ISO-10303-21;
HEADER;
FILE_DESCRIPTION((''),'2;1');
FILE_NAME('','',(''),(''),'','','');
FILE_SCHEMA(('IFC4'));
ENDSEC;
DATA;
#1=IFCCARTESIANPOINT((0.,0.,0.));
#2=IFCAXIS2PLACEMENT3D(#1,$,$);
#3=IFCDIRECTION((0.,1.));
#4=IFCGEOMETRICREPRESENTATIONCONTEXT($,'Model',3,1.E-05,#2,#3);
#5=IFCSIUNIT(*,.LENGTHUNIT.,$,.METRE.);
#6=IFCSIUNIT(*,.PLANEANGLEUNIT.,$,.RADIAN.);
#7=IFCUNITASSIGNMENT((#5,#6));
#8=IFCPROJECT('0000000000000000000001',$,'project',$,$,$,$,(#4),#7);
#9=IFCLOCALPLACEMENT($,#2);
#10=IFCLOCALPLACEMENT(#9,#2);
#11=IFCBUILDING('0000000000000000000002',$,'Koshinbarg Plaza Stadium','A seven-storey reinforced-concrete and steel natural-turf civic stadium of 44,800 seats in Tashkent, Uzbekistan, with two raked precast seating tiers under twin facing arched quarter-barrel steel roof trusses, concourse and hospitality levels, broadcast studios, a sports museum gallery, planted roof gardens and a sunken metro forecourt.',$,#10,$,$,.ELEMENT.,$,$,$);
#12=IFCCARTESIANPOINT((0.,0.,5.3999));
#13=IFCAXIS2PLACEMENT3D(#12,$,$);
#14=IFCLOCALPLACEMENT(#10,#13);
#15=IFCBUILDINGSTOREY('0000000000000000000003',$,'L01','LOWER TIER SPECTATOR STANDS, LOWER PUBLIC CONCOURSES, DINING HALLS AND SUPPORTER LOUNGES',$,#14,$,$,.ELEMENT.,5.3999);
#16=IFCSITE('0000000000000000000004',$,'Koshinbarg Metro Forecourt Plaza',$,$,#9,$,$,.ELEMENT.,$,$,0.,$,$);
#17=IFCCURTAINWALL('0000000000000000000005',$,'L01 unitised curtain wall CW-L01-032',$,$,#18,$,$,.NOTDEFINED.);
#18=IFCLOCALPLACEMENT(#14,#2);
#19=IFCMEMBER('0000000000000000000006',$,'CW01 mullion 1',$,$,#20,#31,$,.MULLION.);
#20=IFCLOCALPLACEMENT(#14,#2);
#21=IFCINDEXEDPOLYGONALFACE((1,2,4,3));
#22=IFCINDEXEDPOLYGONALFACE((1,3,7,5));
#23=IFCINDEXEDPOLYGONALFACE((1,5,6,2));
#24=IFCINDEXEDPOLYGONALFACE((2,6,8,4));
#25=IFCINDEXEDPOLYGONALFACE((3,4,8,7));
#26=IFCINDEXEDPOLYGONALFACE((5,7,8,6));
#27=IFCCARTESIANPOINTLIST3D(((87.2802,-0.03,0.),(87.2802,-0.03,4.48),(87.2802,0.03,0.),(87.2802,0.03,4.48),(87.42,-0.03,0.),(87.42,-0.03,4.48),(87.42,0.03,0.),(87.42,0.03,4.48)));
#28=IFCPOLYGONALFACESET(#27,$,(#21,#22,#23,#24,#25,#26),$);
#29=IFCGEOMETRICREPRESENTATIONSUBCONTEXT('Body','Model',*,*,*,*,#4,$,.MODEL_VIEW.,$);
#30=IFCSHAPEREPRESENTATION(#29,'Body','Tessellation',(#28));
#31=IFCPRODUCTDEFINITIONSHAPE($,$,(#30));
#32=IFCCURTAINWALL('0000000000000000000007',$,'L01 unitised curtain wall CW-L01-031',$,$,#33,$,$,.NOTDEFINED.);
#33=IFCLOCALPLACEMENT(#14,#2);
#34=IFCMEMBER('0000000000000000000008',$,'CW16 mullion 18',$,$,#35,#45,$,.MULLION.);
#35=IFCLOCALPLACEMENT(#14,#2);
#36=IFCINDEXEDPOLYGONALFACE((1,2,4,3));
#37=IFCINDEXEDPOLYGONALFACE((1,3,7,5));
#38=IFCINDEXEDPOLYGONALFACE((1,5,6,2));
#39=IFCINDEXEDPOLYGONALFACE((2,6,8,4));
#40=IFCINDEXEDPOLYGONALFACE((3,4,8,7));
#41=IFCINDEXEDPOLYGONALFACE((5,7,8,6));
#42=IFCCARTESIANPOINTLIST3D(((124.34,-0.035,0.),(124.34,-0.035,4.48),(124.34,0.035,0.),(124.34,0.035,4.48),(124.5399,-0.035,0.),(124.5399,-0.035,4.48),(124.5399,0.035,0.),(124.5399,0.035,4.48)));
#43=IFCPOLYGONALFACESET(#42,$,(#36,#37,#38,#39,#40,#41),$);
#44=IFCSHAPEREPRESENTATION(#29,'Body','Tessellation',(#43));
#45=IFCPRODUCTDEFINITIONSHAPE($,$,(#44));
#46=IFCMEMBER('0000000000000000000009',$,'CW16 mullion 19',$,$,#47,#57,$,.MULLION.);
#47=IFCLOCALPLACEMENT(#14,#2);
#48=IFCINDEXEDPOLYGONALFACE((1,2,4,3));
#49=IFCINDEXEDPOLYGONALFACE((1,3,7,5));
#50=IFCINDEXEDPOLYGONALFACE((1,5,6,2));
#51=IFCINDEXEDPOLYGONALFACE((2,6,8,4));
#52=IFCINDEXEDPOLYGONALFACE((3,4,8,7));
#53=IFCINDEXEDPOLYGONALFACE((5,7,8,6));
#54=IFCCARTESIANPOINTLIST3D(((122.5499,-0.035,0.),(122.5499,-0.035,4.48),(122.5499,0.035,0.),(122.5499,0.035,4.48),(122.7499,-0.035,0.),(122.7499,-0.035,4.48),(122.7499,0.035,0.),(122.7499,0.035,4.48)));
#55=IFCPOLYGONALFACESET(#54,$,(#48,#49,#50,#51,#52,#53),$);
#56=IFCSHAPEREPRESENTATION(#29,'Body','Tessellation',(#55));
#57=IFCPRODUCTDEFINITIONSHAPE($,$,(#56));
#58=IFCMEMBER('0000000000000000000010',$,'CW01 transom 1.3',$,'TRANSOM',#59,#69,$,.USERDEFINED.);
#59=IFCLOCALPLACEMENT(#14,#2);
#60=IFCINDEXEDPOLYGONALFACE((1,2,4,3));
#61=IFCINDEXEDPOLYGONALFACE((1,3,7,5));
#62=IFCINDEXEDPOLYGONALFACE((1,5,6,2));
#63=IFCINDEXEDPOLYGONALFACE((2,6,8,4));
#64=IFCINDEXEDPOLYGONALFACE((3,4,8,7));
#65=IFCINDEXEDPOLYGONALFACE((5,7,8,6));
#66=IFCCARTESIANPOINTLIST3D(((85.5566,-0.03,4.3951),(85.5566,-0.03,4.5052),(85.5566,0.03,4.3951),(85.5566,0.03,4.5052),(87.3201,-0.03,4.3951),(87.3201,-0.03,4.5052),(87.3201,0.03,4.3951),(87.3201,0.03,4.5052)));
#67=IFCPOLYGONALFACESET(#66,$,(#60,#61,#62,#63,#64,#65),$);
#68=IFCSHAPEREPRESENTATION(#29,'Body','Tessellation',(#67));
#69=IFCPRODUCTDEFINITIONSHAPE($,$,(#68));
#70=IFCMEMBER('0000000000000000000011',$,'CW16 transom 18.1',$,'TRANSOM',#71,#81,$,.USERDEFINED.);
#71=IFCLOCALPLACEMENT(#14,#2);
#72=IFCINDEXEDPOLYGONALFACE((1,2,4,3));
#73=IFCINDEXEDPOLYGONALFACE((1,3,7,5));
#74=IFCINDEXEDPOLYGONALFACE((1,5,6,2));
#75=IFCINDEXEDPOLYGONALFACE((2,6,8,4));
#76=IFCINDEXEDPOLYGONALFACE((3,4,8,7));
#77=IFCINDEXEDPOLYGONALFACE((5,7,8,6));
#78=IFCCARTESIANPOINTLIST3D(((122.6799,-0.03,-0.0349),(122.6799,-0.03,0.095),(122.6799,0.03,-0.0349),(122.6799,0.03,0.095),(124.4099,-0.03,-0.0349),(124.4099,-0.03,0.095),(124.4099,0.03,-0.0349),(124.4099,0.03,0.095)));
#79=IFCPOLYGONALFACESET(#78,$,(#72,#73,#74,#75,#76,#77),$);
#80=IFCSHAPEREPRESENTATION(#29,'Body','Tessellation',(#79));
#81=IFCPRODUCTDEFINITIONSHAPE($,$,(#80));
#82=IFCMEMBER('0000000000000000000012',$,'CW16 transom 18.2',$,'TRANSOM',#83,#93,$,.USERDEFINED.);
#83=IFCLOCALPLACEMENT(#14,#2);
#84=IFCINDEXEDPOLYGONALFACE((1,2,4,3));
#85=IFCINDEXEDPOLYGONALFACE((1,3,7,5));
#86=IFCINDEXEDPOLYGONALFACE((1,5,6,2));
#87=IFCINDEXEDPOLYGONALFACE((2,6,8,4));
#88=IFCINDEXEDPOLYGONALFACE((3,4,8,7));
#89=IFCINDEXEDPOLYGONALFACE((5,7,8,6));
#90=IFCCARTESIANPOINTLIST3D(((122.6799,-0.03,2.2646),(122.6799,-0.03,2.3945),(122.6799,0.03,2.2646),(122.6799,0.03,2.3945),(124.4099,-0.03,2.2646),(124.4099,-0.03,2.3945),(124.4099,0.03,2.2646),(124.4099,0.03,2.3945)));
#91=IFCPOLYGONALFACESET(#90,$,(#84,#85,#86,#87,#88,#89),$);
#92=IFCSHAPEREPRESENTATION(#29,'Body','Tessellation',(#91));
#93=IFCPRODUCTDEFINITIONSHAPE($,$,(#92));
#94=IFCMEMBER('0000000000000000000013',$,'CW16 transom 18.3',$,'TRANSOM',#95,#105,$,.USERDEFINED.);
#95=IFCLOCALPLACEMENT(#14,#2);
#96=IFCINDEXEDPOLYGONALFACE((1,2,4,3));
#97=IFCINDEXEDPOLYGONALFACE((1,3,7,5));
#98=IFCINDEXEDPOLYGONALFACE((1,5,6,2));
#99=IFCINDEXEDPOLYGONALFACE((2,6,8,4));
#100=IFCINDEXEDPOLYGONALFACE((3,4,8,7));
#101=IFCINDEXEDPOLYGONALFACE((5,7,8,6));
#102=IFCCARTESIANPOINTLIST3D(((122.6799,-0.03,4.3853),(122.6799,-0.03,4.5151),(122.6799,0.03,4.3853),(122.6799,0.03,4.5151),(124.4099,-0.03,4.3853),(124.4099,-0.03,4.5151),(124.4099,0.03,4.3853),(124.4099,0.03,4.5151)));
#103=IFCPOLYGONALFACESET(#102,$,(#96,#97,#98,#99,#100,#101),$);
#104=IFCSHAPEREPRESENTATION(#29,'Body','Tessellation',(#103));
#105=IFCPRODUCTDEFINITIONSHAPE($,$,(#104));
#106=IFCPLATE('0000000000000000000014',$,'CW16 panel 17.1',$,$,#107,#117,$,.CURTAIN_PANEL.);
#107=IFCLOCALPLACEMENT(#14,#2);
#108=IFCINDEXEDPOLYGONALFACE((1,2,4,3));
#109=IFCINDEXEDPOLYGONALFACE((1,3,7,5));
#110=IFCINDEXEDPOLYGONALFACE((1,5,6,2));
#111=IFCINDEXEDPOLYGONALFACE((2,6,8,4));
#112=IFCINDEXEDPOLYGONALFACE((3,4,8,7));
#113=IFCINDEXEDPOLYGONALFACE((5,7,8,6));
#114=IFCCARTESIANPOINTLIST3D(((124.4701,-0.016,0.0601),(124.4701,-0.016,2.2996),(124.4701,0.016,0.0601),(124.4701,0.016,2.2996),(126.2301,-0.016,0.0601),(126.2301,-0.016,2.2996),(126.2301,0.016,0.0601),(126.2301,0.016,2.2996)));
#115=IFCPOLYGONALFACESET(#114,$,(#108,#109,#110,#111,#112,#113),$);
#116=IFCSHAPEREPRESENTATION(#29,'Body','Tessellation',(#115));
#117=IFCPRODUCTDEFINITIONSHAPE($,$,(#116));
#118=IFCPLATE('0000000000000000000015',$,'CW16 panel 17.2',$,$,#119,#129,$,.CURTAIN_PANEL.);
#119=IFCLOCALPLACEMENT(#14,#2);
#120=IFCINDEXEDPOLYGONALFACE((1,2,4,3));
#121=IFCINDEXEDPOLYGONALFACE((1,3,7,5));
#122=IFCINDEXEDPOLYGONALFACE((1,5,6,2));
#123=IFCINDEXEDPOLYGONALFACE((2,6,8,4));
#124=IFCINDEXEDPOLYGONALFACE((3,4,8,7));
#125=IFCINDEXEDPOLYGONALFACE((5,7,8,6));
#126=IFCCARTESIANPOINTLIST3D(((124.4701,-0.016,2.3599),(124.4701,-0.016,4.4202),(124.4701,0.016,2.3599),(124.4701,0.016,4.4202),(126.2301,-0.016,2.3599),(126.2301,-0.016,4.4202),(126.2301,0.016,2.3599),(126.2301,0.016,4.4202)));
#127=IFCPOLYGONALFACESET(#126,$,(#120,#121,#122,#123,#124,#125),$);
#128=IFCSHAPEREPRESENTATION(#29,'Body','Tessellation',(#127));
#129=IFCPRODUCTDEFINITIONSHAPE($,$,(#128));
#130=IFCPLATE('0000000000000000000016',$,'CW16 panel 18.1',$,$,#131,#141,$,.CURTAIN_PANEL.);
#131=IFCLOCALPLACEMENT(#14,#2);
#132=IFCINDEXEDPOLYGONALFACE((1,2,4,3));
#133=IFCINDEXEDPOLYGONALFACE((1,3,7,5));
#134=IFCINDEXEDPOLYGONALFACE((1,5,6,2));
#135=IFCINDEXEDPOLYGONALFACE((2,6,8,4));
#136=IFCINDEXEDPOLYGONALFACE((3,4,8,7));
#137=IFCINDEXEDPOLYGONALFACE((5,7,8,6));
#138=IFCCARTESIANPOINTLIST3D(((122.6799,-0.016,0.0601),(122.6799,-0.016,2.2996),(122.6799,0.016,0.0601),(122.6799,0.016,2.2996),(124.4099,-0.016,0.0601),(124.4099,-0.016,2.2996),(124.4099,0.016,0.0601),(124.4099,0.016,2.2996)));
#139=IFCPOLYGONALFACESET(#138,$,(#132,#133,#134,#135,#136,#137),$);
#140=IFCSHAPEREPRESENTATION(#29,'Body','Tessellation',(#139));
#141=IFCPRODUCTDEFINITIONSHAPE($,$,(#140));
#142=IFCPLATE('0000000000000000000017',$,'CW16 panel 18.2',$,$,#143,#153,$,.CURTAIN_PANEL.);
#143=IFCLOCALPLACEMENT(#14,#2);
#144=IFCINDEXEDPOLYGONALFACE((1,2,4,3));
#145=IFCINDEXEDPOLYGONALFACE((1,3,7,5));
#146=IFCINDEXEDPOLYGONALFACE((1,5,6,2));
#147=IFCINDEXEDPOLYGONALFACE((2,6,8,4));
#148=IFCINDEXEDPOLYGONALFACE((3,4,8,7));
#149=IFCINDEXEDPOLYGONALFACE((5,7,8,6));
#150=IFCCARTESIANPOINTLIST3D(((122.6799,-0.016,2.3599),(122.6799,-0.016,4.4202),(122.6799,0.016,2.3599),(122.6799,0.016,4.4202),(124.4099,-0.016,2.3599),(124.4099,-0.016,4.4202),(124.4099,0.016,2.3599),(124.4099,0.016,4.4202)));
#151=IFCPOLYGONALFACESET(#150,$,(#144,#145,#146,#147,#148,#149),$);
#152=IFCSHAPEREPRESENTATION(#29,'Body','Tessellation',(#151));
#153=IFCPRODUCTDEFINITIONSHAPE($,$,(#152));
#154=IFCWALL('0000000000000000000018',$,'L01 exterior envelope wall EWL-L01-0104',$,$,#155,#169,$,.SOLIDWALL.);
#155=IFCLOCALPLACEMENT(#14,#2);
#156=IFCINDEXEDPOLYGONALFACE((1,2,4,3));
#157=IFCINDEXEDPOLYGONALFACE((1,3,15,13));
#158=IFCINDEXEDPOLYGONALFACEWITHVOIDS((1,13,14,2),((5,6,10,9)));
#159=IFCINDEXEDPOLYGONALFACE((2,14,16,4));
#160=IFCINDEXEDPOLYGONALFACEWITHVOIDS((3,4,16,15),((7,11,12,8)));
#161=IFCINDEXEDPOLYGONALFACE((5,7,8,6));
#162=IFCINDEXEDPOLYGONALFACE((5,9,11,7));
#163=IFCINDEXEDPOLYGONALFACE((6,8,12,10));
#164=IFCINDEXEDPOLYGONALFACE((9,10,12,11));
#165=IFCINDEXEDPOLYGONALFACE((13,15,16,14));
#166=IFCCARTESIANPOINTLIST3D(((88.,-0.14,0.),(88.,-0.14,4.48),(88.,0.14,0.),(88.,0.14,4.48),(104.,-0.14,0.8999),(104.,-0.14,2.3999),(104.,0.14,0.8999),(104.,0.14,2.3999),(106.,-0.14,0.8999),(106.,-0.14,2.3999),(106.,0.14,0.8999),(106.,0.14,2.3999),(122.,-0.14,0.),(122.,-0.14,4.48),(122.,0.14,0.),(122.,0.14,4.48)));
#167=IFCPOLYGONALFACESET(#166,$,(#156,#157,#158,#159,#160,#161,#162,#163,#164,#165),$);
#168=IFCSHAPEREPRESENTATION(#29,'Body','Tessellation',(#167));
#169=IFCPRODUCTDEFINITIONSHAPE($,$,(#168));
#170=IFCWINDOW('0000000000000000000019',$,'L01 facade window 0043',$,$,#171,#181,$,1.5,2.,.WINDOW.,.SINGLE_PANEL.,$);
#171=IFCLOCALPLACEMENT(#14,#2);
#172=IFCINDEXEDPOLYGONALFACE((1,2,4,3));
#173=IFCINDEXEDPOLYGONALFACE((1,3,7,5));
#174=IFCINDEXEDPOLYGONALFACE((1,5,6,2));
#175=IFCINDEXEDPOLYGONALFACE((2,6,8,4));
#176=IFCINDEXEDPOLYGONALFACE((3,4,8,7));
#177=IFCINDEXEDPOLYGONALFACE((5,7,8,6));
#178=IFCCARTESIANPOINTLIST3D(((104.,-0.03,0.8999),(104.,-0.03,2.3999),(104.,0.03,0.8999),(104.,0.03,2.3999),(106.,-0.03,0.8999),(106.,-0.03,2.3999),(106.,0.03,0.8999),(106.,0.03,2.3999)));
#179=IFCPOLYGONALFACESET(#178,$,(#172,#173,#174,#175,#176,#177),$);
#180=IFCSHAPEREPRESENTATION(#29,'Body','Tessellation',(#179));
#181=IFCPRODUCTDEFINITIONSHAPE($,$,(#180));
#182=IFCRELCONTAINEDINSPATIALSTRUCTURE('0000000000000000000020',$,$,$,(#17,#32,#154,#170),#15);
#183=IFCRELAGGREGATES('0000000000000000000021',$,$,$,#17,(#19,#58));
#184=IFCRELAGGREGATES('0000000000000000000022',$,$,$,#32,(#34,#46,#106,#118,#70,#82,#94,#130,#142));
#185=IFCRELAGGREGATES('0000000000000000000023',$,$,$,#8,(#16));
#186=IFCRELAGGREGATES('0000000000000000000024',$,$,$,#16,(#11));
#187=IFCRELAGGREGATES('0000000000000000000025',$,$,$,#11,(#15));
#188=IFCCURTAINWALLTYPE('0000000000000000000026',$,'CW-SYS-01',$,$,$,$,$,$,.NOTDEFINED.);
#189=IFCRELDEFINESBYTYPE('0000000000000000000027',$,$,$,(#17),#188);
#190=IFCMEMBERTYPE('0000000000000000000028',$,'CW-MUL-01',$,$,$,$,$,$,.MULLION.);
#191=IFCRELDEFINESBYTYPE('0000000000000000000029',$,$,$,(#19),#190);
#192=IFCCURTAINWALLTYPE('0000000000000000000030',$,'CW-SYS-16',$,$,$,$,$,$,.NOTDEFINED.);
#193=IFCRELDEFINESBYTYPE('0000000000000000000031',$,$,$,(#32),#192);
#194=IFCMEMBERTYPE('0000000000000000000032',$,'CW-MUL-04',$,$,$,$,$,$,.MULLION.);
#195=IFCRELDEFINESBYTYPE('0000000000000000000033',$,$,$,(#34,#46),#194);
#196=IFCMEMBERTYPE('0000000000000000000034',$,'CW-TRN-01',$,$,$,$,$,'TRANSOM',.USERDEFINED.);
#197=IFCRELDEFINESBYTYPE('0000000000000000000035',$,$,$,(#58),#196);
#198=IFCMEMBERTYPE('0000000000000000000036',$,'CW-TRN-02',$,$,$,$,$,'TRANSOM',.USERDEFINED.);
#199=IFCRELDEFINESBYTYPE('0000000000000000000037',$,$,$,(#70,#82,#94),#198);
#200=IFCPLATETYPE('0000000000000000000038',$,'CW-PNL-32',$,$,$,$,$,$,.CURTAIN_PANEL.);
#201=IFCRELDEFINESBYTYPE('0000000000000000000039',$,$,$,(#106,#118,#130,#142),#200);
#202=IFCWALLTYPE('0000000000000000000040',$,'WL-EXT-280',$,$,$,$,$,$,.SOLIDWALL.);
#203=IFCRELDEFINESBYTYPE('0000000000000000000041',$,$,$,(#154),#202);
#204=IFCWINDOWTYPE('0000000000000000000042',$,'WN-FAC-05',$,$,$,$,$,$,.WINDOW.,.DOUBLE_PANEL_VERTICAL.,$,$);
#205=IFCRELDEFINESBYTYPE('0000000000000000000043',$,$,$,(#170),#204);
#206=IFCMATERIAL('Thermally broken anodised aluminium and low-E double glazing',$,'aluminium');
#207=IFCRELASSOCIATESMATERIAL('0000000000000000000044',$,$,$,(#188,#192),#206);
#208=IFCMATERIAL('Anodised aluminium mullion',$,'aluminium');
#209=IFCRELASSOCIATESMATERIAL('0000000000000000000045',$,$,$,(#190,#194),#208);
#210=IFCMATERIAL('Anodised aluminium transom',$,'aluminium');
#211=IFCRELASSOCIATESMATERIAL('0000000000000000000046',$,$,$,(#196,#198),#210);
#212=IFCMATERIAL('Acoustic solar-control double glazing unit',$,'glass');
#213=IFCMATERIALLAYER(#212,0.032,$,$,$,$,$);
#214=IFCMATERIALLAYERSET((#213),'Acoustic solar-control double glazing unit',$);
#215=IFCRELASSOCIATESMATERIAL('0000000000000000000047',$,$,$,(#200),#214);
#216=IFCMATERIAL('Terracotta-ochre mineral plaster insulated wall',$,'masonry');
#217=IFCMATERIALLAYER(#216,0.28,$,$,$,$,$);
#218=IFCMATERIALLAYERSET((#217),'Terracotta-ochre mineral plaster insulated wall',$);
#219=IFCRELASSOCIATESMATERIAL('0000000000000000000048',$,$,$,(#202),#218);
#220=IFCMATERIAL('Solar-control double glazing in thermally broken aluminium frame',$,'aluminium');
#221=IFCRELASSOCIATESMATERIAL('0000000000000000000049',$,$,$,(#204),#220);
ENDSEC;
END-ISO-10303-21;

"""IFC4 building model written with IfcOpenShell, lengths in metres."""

from ifc_helpers import new_model, si_unit, direction, frame, frame_2d, origin, origin_2d, place, context, subcontext, project, spatial, rectangle, extrude, material, layer, layer_set, material_profile, profile_set, type_object, element, fill, aggregate, save


model = new_model("IFC4")

# Units and contexts
model_context = context("Model", 3, precision=1e-05, world=origin(), true_north=direction((0.0, 1.0)))
body_context = subcontext(model_context, "Body", "Model", "MODEL_VIEW")
ifc_project = project(units=[si_unit("LENGTHUNIT", "METRE"), si_unit("PLANEANGLEUNIT", "RADIAN")], contexts=[model_context])

# Site, building, storey
site_placement = place(None, origin())
site = spatial("IfcSite", under=ifc_project, at=site_placement, Name="Koshinbarg Metro Forecourt Plaza", CompositionType="ELEMENT", RefElevation=0.0)
building_placement = place(site_placement, origin())
building = spatial("IfcBuilding", under=site, at=building_placement, Name="Koshinbarg Plaza Stadium", Description="A seven-storey reinforced-concrete and steel natural-turf civic stadium of 44,800 seats in Tashkent, Uzbekistan, with two raked precast seating tiers under twin facing arched quarter-barrel steel roof trusses, concourse and hospitality levels, broadcast studios, a sports museum gallery, planted roof gardens and a sunken metro forecourt.", CompositionType="ELEMENT")
storey_placement = place(building_placement, frame((0.0, 0.0, 5.3999)))
storey = spatial("IfcBuildingStorey", under=building, at=storey_placement, Name="L01", Description="LOWER TIER SPECTATOR STANDS, LOWER PUBLIC CONCOURSES, DINING HALLS AND SUPPORTER LOUNGES", CompositionType="ELEMENT", Elevation=5.3999)

# Curtain wall, member
ifc_material_1 = material(Name="Thermally broken anodised aluminium and low-E double glazing", Category="aluminium")
curtain_wall_type_1 = type_object("IfcCurtainWallType", Name="CW-SYS-01", PredefinedType="NOTDEFINED", material=ifc_material_1)
curtain_wall_1_placement = place(storey_placement, origin())
curtain_wall_1 = element("IfcCurtainWall", 1, at=curtain_wall_1_placement, inside=storey, type_object=curtain_wall_type_1, Name="L01 unitised curtain wall CW-L01-032", PredefinedType="NOTDEFINED")
ifc_material_2 = material(Name="Anodised aluminium mullion", Category="aluminium")
ifc_material_profile_1 = material_profile(ifc_material_2, rectangle(XDim=0.0601, YDim=0.1399, at=origin_2d()), Name="ALU 60x140")
ifc_profile_set_1 = profile_set([ifc_material_profile_1], Name="Anodised aluminium mullion")
member_type_1 = type_object("IfcMemberType", Name="CW-MUL-01", PredefinedType="MULLION", material=ifc_profile_set_1)
member_1_placement = place(storey_placement, frame((87.3501, 0.0, 0.0), z_axis=(0.0, 0.0, 1.0), x_axis=(0.0, -1.0, 0.0)))
member_1 = element("IfcMember", 2, at=member_1_placement, type_object=member_type_1, Name="CW01 mullion 1", PredefinedType="MULLION", context=body_context, shape_type="SweptSolid", body=[
    extrude(rectangle(XDim=0.0601, YDim=0.1399, at=origin_2d()), origin(), (0.0, 0.0, 1.0), 4.48),
])

# Curtain wall, members
curtain_wall_type_2 = type_object("IfcCurtainWallType", Name="CW-SYS-16", PredefinedType="NOTDEFINED", material=ifc_material_1)
curtain_wall_2_placement = place(storey_placement, origin())
curtain_wall_2 = element("IfcCurtainWall", 3, at=curtain_wall_2_placement, inside=storey, type_object=curtain_wall_type_2, Name="L01 unitised curtain wall CW-L01-031", PredefinedType="NOTDEFINED")
ifc_material_profile_2 = material_profile(ifc_material_2, rectangle(XDim=0.0701, YDim=0.2, at=origin_2d()), Name="ALU 70x200")
ifc_profile_set_2 = profile_set([ifc_material_profile_2], Name="Anodised aluminium mullion")
member_type_2 = type_object("IfcMemberType", Name="CW-MUL-04", PredefinedType="MULLION", material=ifc_profile_set_2)
member_2_placement = place(storey_placement, frame((124.4399, 0.0, 0.0), z_axis=(0.0, 0.0, 1.0), x_axis=(0.0, -1.0, 0.0)))
member_2 = element("IfcMember", 4, at=member_2_placement, type_object=member_type_2, Name="CW16 mullion 18", PredefinedType="MULLION", context=body_context, shape_type="SweptSolid", body=[
    extrude(rectangle(XDim=0.0701, YDim=0.2, at=origin_2d()), origin(), (0.0, 0.0, 1.0), 4.48),
])
member_3_placement = place(storey_placement, frame((122.6499, 0.0, 0.0), z_axis=(0.0, 0.0, 1.0), x_axis=(0.0, -1.0, 0.0)))
member_3 = element("IfcMember", 5, at=member_3_placement, type_object=member_type_2, Name="CW16 mullion 19", PredefinedType="MULLION", context=body_context, shape_type="SweptSolid", body=[
    extrude(rectangle(XDim=0.0701, YDim=0.2, at=origin_2d()), origin(), (0.0, 0.0, 1.0), 4.48),
])

# Members
ifc_material_3 = material(Name="Anodised aluminium transom", Category="aluminium")
ifc_material_profile_3 = material_profile(ifc_material_3, rectangle(XDim=0.0601, YDim=0.1101, at=origin_2d()), Name="ALU 60x110")
ifc_profile_set_3 = profile_set([ifc_material_profile_3], Name="Anodised aluminium transom")
member_type_3 = type_object("IfcMemberType", Name="CW-TRN-01", ElementType="TRANSOM", PredefinedType="USERDEFINED", material=ifc_profile_set_3)
member_4_placement = place(storey_placement, frame((87.3201, 0.0, 4.4502), z_axis=(-1.0, 0.0, 0.0), x_axis=(0.0, -1.0, 0.0)))
member_4 = element("IfcMember", 6, at=member_4_placement, type_object=member_type_3, Name="CW01 transom 1.3", ObjectType="TRANSOM", PredefinedType="USERDEFINED", context=body_context, shape_type="SweptSolid", body=[
    extrude(rectangle(XDim=0.0601, YDim=0.1101, at=origin_2d()), origin(), (0.0, 0.0, 1.0), 1.7634),
])
aggregate(curtain_wall_1, [member_1, member_4])
ifc_material_profile_4 = material_profile(ifc_material_3, rectangle(XDim=0.0601, YDim=0.1299, at=origin_2d()), Name="ALU 60x130")
ifc_profile_set_4 = profile_set([ifc_material_profile_4], Name="Anodised aluminium transom")
member_type_4 = type_object("IfcMemberType", Name="CW-TRN-02", ElementType="TRANSOM", PredefinedType="USERDEFINED", material=ifc_profile_set_4)
member_5_placement = place(storey_placement, frame((124.4099, 0.0, 0.03), z_axis=(-1.0, 0.0, 0.0), x_axis=(0.0, -1.0, 0.0)))
member_5 = element("IfcMember", 7, at=member_5_placement, type_object=member_type_4, Name="CW16 transom 18.1", ObjectType="TRANSOM", PredefinedType="USERDEFINED", context=body_context, shape_type="SweptSolid", body=[
    extrude(rectangle(XDim=0.0601, YDim=0.1299, at=origin_2d()), origin(), (0.0, 0.0, 1.0), 1.73),
])
member_6_placement = place(storey_placement, frame((124.4099, 0.0, 2.3296), z_axis=(-1.0, 0.0, 0.0), x_axis=(0.0, -1.0, 0.0)))
member_6 = element("IfcMember", 8, at=member_6_placement, type_object=member_type_4, Name="CW16 transom 18.2", ObjectType="TRANSOM", PredefinedType="USERDEFINED", context=body_context, shape_type="SweptSolid", body=[
    extrude(rectangle(XDim=0.0601, YDim=0.1299, at=origin_2d()), origin(), (0.0, 0.0, 1.0), 1.73),
])
member_7_placement = place(storey_placement, frame((124.4099, 0.0, 4.4502), z_axis=(-1.0, 0.0, 0.0), x_axis=(0.0, -1.0, 0.0)))
member_7 = element("IfcMember", 9, at=member_7_placement, type_object=member_type_4, Name="CW16 transom 18.3", ObjectType="TRANSOM", PredefinedType="USERDEFINED", context=body_context, shape_type="SweptSolid", body=[
    extrude(rectangle(XDim=0.0601, YDim=0.1299, at=origin_2d()), origin(), (0.0, 0.0, 1.0), 1.73),
])

# Plates
ifc_material_4 = material(Name="Acoustic solar-control double glazing unit", Category="glass")
ifc_layer_1 = layer(ifc_material_4, 0.032)
ifc_layer_set_1 = layer_set([ifc_layer_1], Name="Acoustic solar-control double glazing unit")
plate_type = type_object("IfcPlateType", Name="CW-PNL-32", PredefinedType="CURTAIN_PANEL", material=ifc_layer_set_1)
plate_1_placement = place(storey_placement, frame((125.3501, 0.0, 0.0601), z_axis=(0.0, 0.0, 1.0), x_axis=(-1.0, 0.0, 0.0)))
plate_1 = element("IfcPlate", 10, at=plate_1_placement, type_object=plate_type, Name="CW16 panel 17.1", PredefinedType="CURTAIN_PANEL", context=body_context, shape_type="SweptSolid", body=[
    extrude(rectangle(XDim=1.76, YDim=0.032, at=origin_2d()), origin(), (0.0, 0.0, 1.0), 2.2395),
])
plate_2_placement = place(storey_placement, frame((125.3501, 0.0, 2.3599), z_axis=(0.0, 0.0, 1.0), x_axis=(-1.0, 0.0, 0.0)))
plate_2 = element("IfcPlate", 11, at=plate_2_placement, type_object=plate_type, Name="CW16 panel 17.2", PredefinedType="CURTAIN_PANEL", context=body_context, shape_type="SweptSolid", body=[
    extrude(rectangle(XDim=1.76, YDim=0.032, at=origin_2d()), origin(), (0.0, 0.0, 1.0), 2.0603),
])
plate_3_placement = place(storey_placement, frame((123.5449, 0.0, 0.0601), z_axis=(0.0, 0.0, 1.0), x_axis=(-1.0, 0.0, 0.0)))
plate_3 = element("IfcPlate", 12, at=plate_3_placement, type_object=plate_type, Name="CW16 panel 18.1", PredefinedType="CURTAIN_PANEL", context=body_context, shape_type="SweptSolid", body=[
    extrude(rectangle(XDim=1.73, YDim=0.032, at=origin_2d()), origin(), (0.0, 0.0, 1.0), 2.2395),
])
plate_4_placement = place(storey_placement, frame((123.5449, 0.0, 2.3599), z_axis=(0.0, 0.0, 1.0), x_axis=(-1.0, 0.0, 0.0)))
plate_4 = element("IfcPlate", 13, at=plate_4_placement, type_object=plate_type, Name="CW16 panel 18.2", PredefinedType="CURTAIN_PANEL", context=body_context, shape_type="SweptSolid", body=[
    extrude(rectangle(XDim=1.73, YDim=0.032, at=origin_2d()), origin(), (0.0, 0.0, 1.0), 2.0603),
])
aggregate(curtain_wall_2, [member_2, member_3, plate_1, plate_2, member_5, member_6, member_7, plate_3, plate_4])

# Wall, opening, window
ifc_material_5 = material(Name="Terracotta-ochre mineral plaster insulated wall", Category="masonry")
ifc_layer_2 = layer(ifc_material_5, 0.28)
ifc_layer_set_2 = layer_set([ifc_layer_2], Name="Terracotta-ochre mineral plaster insulated wall")
wall_type_1 = type_object("IfcWallType", Name="WL-EXT-280", PredefinedType="SOLIDWALL", material=ifc_layer_set_2)
wall_1_placement = place(storey_placement, frame((122.0, 0.0, 0.0), z_axis=(0.0, 0.0, 1.0), x_axis=(-1.0, 0.0, 0.0)))
wall_1 = element("IfcWall", 14, at=wall_1_placement, inside=storey, type_object=wall_type_1, Name="L01 exterior envelope wall EWL-L01-0104", PredefinedType="SOLIDWALL", context=body_context, shape_type="SweptSolid", body=[
    extrude(rectangle(XDim=34.0, YDim=0.28, at=frame_2d((17.0, 0.0))), origin(), (0.0, 0.0, 1.0), 4.48),
])
opening_1_placement = place(wall_1_placement, frame((16.0, 0.0, 0.8999)))
opening_1 = element("IfcOpeningElement", 15, at=opening_1_placement, cuts=wall_1, PredefinedType="OPENING", context=body_context, shape_type="SweptSolid", body=[
    extrude(rectangle(XDim=2.0, YDim=1.5, at=frame_2d((1.0, 0.75))), frame((0.0, 0.1499, 0.0), z_axis=(0.0, -1.0, 0.0), x_axis=(1.0, 0.0, 0.0)), (0.0, 0.0, 1.0), 0.3),
])
ifc_material_6 = material(Name="Solar-control double glazing in thermally broken aluminium frame", Category="aluminium")
window_type = type_object("IfcWindowType", Name="WN-FAC-05", PartitioningType="DOUBLE_PANEL_VERTICAL", PredefinedType="WINDOW", material=ifc_material_6)
window_placement = place(opening_1_placement, origin())
window = element("IfcWindow", 16, at=window_placement, inside=storey, type_object=window_type, Name="L01 facade window 0043", OverallHeight=1.5, OverallWidth=2.0, PartitioningType="SINGLE_PANEL", PredefinedType="WINDOW", context=body_context, shape_type="SweptSolid", body=[
    extrude(rectangle(XDim=2.0, YDim=1.5, at=frame_2d((1.0, 0.75))), frame((0.0, 0.03, 0.0), z_axis=(0.0, -1.0, 0.0), x_axis=(1.0, 0.0, 0.0)), (0.0, 0.0, 1.0), 0.0601),
])
fill(opening_1, window)

save(model, "model.ifc")
